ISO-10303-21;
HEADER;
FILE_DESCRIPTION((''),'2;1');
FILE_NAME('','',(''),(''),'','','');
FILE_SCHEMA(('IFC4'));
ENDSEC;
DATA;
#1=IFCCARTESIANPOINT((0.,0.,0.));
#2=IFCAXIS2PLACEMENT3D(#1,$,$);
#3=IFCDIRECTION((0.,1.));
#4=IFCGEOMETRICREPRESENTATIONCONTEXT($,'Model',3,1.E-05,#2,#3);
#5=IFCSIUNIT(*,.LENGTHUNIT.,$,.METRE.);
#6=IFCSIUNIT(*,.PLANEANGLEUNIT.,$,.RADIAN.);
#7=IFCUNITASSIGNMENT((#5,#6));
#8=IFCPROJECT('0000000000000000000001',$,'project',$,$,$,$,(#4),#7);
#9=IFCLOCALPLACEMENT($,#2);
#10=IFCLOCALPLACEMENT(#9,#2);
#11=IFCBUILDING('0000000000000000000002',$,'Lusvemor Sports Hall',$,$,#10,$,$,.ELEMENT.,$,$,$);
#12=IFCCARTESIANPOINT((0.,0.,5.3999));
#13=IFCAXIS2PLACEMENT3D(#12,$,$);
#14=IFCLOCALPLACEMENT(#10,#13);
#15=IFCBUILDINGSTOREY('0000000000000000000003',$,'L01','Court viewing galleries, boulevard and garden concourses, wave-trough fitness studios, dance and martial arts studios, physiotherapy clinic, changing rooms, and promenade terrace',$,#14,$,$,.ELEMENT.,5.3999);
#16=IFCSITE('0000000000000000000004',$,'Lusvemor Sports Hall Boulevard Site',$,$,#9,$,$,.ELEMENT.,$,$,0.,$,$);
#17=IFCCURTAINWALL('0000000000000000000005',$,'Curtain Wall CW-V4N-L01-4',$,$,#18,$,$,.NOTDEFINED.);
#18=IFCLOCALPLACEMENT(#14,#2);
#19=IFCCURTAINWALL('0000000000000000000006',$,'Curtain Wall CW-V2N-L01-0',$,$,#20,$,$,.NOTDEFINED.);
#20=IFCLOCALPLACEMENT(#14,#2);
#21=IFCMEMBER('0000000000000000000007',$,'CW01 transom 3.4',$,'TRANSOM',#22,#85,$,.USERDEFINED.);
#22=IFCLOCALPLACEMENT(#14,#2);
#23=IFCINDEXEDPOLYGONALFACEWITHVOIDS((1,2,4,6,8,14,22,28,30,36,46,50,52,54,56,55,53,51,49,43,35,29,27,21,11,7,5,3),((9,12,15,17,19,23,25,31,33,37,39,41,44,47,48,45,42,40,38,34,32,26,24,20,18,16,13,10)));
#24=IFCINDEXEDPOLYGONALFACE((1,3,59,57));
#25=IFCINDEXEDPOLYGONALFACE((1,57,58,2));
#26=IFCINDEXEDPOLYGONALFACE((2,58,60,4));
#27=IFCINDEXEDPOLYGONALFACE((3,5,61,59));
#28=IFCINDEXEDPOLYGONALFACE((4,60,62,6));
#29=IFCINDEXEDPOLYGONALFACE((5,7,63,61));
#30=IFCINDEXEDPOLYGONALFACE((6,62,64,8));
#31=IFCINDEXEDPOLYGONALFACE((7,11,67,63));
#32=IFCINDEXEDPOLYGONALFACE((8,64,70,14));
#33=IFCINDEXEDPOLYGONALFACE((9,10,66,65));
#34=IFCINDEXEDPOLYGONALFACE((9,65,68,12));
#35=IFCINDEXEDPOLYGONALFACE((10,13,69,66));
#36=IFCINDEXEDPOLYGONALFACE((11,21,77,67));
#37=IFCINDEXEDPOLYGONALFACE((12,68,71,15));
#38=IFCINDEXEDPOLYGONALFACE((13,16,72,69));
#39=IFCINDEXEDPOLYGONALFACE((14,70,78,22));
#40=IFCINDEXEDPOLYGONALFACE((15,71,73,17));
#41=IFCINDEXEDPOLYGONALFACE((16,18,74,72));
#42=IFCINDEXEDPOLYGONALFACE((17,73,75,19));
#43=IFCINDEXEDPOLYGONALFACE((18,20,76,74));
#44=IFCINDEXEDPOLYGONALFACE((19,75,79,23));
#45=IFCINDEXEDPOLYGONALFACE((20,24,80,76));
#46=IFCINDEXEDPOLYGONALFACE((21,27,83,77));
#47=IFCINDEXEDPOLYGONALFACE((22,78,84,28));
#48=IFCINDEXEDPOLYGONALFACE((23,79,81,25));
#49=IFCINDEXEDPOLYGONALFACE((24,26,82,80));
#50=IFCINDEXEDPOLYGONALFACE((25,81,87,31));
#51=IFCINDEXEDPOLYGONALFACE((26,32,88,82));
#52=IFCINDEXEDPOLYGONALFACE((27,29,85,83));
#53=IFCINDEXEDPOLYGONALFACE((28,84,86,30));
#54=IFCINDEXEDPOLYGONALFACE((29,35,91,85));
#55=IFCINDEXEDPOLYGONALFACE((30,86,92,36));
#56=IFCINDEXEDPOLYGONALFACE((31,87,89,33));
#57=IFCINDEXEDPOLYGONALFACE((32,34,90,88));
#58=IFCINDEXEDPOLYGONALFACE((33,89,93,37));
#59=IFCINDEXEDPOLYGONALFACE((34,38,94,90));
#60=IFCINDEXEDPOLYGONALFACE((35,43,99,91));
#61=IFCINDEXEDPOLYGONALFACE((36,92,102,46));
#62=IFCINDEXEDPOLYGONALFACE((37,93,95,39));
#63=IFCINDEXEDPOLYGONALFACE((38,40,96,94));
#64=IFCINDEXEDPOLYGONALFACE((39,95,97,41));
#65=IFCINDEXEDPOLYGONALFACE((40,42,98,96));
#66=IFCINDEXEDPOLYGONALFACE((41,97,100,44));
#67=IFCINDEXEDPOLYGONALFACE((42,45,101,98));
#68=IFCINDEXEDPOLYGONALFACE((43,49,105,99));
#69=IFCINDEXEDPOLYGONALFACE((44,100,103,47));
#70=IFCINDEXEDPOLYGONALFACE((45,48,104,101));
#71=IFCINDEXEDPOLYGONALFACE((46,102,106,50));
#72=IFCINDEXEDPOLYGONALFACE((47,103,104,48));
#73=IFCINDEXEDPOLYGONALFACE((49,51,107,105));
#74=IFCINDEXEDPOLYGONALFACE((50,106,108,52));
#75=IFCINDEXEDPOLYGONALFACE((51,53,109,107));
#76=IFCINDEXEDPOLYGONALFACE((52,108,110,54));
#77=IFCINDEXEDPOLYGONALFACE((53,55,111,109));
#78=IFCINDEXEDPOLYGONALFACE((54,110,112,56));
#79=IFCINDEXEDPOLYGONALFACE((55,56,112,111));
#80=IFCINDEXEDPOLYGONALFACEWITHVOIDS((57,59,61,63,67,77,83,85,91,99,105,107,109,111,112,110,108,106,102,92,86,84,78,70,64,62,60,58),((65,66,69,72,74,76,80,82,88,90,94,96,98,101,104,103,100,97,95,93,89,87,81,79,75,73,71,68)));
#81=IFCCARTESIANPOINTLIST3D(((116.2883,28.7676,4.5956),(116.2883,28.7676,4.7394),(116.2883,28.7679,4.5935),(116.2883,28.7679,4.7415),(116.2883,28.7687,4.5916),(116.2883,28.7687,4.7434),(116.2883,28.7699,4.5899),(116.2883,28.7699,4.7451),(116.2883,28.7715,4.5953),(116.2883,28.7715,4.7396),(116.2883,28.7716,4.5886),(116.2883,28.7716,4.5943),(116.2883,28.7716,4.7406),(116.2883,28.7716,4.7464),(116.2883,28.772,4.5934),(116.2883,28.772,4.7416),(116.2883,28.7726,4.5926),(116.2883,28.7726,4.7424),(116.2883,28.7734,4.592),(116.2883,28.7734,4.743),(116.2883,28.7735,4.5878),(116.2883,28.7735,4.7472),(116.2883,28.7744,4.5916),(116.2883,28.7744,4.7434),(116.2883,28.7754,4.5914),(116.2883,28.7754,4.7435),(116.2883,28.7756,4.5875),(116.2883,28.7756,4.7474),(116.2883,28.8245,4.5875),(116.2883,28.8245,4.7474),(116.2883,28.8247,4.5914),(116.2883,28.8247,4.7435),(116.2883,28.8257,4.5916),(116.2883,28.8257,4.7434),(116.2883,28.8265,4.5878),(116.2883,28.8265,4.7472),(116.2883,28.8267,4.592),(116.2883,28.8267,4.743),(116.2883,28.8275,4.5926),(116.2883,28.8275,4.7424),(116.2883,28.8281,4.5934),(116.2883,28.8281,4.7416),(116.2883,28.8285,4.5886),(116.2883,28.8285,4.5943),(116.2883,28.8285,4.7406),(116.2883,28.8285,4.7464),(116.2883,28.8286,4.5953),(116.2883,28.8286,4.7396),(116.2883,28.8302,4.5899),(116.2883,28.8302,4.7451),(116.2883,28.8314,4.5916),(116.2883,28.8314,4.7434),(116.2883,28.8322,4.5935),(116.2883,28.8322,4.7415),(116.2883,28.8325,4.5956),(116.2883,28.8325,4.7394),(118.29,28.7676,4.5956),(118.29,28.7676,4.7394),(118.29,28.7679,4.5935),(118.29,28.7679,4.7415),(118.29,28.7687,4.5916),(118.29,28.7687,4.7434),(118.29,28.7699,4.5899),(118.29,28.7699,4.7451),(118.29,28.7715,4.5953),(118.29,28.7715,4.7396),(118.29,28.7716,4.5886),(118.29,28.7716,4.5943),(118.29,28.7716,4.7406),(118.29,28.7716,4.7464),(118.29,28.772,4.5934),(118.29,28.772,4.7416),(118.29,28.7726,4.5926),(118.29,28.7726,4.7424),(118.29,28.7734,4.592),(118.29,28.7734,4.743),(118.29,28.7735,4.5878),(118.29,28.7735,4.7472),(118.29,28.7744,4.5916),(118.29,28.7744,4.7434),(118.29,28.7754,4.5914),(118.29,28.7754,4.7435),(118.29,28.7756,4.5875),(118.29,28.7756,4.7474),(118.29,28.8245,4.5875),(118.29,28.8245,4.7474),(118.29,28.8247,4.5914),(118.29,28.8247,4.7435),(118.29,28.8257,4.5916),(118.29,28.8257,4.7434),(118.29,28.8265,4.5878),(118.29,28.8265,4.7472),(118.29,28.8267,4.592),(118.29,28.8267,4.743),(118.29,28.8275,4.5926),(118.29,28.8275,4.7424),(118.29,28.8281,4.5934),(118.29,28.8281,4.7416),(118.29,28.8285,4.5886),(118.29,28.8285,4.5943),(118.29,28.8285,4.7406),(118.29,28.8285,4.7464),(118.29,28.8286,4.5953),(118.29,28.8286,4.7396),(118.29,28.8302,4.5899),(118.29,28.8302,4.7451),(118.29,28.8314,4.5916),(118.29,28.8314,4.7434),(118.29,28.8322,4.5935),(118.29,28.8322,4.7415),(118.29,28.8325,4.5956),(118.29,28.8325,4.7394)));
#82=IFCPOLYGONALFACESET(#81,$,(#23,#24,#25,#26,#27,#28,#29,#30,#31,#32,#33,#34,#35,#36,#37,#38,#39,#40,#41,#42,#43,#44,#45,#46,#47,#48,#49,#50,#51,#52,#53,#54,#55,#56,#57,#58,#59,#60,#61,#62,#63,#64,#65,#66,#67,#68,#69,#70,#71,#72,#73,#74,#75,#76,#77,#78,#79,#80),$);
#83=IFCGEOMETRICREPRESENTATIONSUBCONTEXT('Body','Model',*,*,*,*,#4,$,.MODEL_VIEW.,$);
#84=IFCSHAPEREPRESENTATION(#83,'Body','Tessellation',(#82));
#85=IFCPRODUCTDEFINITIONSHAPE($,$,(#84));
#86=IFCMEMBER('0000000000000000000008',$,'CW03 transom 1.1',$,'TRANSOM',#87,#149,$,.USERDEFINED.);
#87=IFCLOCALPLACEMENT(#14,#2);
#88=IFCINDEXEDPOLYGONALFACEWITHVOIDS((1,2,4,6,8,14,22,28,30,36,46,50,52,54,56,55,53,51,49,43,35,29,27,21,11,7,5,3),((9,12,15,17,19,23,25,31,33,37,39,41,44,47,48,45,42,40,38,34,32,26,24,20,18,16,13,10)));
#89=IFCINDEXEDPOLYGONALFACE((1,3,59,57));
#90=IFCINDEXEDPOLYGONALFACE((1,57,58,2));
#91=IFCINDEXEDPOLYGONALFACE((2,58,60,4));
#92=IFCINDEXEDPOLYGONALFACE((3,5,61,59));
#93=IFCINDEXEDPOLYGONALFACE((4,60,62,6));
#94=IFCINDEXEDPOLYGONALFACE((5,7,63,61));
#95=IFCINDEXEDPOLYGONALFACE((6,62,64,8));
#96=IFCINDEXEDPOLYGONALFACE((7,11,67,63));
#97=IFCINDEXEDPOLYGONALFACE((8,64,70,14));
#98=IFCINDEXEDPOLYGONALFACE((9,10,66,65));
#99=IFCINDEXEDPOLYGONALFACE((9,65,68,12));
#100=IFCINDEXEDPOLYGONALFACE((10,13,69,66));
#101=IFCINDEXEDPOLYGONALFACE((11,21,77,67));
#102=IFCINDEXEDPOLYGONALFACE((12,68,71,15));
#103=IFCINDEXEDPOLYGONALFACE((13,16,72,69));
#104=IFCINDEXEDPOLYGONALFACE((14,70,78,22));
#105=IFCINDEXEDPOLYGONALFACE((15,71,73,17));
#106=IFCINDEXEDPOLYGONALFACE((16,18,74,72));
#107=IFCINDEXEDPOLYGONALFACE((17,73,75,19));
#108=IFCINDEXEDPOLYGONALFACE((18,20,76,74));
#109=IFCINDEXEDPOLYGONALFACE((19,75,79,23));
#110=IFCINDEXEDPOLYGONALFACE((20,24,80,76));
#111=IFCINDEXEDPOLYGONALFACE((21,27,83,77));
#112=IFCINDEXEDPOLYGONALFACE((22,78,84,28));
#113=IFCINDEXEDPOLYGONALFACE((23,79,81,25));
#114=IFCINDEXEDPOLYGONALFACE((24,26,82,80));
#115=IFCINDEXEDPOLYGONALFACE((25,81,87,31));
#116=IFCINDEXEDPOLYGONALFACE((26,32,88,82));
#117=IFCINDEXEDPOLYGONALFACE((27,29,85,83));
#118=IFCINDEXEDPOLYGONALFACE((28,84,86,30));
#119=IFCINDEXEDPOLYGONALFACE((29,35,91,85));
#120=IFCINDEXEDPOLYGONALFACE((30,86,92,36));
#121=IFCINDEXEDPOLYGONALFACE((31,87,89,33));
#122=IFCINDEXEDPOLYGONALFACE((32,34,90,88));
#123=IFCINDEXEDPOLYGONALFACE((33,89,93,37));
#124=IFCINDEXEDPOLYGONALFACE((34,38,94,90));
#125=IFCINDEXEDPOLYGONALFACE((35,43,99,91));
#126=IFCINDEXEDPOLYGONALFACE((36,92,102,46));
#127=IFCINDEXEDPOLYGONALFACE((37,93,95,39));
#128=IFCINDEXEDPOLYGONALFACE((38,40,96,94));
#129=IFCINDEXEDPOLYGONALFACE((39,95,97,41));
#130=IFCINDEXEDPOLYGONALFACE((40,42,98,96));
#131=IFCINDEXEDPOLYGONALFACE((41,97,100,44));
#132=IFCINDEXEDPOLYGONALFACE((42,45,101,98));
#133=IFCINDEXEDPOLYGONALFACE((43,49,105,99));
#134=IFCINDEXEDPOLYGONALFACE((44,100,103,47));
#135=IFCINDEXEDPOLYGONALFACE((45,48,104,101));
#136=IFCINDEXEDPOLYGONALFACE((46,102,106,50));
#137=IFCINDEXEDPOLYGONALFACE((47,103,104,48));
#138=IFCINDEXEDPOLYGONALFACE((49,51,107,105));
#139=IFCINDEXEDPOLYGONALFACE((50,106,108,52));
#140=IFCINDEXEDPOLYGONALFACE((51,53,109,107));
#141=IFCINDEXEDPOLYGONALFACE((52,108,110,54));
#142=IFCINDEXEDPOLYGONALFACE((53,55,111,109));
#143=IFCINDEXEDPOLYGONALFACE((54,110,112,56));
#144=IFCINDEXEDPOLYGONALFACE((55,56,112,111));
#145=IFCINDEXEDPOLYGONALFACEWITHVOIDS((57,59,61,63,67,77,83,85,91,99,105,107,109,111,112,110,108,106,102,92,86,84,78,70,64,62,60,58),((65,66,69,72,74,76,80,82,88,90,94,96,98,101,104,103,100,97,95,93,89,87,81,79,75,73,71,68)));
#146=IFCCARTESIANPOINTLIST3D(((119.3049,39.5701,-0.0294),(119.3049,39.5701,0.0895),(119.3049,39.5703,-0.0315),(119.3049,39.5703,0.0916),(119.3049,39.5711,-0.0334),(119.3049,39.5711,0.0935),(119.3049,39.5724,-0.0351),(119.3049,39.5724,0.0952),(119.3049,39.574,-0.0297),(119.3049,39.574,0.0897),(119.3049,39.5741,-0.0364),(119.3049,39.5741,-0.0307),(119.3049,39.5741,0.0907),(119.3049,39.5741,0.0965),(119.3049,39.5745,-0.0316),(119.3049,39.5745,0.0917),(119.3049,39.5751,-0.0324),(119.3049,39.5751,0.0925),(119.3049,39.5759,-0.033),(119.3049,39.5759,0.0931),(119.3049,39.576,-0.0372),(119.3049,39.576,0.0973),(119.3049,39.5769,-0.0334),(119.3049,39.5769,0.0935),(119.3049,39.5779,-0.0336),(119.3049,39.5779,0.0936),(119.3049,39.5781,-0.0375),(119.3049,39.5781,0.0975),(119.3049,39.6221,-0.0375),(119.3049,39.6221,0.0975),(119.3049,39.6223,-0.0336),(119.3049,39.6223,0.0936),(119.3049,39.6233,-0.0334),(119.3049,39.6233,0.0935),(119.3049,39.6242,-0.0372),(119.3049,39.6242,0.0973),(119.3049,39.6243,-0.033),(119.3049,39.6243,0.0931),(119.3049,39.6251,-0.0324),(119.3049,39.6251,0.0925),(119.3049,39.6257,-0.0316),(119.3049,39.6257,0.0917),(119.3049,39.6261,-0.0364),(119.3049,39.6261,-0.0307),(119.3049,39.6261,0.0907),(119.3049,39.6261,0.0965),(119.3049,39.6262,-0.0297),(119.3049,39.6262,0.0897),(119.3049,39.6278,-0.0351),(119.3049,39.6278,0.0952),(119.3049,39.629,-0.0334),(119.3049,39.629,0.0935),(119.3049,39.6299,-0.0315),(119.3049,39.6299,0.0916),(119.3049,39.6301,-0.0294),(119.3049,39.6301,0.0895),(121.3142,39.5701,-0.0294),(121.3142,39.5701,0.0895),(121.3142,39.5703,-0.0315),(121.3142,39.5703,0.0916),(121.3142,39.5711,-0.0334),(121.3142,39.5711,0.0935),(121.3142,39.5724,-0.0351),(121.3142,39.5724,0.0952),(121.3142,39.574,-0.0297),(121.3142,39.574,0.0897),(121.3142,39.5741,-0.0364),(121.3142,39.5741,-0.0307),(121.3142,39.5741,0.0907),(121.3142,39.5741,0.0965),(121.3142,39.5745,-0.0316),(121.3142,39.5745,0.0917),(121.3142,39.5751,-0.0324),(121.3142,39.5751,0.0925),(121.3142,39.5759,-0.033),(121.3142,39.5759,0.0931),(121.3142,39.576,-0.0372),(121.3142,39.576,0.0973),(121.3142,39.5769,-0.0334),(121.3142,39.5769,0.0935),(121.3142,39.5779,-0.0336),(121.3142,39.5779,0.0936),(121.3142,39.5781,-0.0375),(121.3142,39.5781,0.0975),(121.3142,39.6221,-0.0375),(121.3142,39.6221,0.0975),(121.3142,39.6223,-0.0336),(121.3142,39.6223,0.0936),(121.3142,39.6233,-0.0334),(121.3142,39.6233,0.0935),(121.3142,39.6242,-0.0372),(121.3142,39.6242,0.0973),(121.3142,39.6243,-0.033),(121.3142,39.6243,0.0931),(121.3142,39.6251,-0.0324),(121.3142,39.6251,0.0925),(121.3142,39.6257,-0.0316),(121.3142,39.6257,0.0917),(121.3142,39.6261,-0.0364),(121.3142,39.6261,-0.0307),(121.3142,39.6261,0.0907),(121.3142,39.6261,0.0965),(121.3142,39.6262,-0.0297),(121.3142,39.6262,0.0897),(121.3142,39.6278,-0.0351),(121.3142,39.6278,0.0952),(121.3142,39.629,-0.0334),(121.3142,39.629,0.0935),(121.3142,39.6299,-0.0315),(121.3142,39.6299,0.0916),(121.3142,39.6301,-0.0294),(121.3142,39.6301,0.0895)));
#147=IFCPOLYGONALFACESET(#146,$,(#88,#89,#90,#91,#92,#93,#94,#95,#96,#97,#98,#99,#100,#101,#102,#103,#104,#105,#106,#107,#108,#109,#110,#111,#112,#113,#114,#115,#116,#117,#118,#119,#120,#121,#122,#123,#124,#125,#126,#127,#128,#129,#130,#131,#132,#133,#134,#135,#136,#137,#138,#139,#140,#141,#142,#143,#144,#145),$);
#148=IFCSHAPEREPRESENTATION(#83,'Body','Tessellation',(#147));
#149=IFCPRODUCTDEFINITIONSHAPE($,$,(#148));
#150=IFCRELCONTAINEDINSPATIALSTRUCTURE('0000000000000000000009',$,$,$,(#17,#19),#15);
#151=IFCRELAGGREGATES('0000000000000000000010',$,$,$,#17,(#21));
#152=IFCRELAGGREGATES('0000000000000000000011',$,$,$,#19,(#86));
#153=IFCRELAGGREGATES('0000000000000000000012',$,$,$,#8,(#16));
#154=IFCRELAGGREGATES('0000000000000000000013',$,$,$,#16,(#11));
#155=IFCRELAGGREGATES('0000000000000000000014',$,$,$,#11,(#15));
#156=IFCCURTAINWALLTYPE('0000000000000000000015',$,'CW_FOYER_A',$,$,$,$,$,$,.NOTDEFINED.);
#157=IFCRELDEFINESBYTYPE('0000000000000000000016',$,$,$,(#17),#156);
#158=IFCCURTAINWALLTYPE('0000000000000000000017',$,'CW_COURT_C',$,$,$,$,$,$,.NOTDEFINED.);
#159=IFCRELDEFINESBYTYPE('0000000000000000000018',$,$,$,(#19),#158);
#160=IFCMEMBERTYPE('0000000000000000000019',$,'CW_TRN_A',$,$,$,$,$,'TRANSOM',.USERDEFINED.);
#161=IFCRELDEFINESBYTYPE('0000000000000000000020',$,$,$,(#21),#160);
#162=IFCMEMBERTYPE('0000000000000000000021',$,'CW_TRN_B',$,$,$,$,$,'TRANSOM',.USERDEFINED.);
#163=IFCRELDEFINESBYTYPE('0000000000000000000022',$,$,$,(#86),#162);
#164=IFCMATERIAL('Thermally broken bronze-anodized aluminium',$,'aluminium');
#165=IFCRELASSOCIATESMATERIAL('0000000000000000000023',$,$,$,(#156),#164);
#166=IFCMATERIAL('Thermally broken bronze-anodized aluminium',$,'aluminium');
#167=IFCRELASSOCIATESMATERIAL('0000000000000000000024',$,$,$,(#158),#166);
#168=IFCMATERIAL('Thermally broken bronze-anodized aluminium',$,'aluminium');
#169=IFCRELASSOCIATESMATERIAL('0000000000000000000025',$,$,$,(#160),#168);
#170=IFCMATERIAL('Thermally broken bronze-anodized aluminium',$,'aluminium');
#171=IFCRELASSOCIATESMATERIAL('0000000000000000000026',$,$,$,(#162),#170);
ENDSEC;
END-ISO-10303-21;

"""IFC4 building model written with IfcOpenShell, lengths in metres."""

from ifc_helpers import new_model, si_unit, direction, frame, origin, origin_2d, place, context, subcontext, project, spatial, hollow_rectangle, extrude, material, material_profile, profile_set, type_object, element, aggregate, save


model = new_model("IFC4")

# Units and contexts
model_context = context("Model", 3, precision=1e-05, world=origin(), true_north=direction((0.0, 1.0)))
body_context = subcontext(model_context, "Body", "Model", "MODEL_VIEW")
ifc_project = project(units=[si_unit("LENGTHUNIT", "METRE"), si_unit("PLANEANGLEUNIT", "RADIAN")], contexts=[model_context])

# Site, building, storey
site_placement = place(None, origin())
site = spatial("IfcSite", under=ifc_project, at=site_placement, Name="Lusvemor Sports Hall Boulevard Site", CompositionType="ELEMENT", RefElevation=0.0)
building_placement = place(site_placement, origin())
building = spatial("IfcBuilding", under=site, at=building_placement, Name="Lusvemor Sports Hall", CompositionType="ELEMENT")
storey_placement = place(building_placement, frame((0.0, 0.0, 5.3999)))
storey = spatial("IfcBuildingStorey", under=building, at=storey_placement, Name="L01", Description="Court viewing galleries, boulevard and garden concourses, wave-trough fitness studios, dance and martial arts studios, physiotherapy clinic, changing rooms, and promenade terrace", CompositionType="ELEMENT", Elevation=5.3999)

# Curtain wall
ifc_material_1 = material(Name="Thermally broken bronze-anodized aluminium", Category="aluminium")
curtain_wall_type_1 = type_object("IfcCurtainWallType", Name="CW_FOYER_A", PredefinedType="NOTDEFINED", material=ifc_material_1)
curtain_wall_1_placement = place(storey_placement, origin())
curtain_wall_1 = element("IfcCurtainWall", 1, at=curtain_wall_1_placement, inside=storey, type_object=curtain_wall_type_1, Name="Curtain Wall CW-V4N-L01-4", PredefinedType="NOTDEFINED")

# Curtain wall
ifc_material_2 = material(Name="Thermally broken bronze-anodized aluminium", Category="aluminium")
curtain_wall_type_2 = type_object("IfcCurtainWallType", Name="CW_COURT_C", PredefinedType="NOTDEFINED", material=ifc_material_2)
curtain_wall_2_placement = place(storey_placement, origin())
curtain_wall_2 = element("IfcCurtainWall", 2, at=curtain_wall_2_placement, inside=storey, type_object=curtain_wall_type_2, Name="Curtain Wall CW-V2N-L01-0", PredefinedType="NOTDEFINED")

# Members
ifc_material_3 = material(Name="Thermally broken bronze-anodized aluminium", Category="aluminium")
ifc_material_profile_1 = material_profile(ifc_material_3, hollow_rectangle(XDim=0.0649, YDim=0.1599, WallThickness=0.0039, InnerFilletRadius=0.0039, OuterFilletRadius=0.0081, at=origin_2d()), Name="CWTRN160x65x4")
ifc_profile_set_1 = profile_set([ifc_material_profile_1], Name="Thermally broken bronze-anodized aluminium")
member_type_1 = type_object("IfcMemberType", Name="CW_TRN_A", ElementType="TRANSOM", PredefinedType="USERDEFINED", material=ifc_profile_set_1)
member_1_placement = place(storey_placement, frame((116.2883, 28.8, 4.6675), z_axis=(1.0, 0.0, 0.0), x_axis=(0.0, 1.0, 0.0)))
member_1 = element("IfcMember", 3, at=member_1_placement, type_object=member_type_1, Name="CW01 transom 3.4", ObjectType="TRANSOM", PredefinedType="USERDEFINED", context=body_context, shape_type="SweptSolid", body=[
    extrude(hollow_rectangle(XDim=0.0649, YDim=0.1599, WallThickness=0.0039, InnerFilletRadius=0.0039, OuterFilletRadius=0.0081, at=origin_2d()), origin(), (0.0, 0.0, 1.0), 2.0017),
])
ifc_material_4 = material(Name="Thermally broken bronze-anodized aluminium", Category="aluminium")
ifc_material_profile_2 = material_profile(ifc_material_4, hollow_rectangle(XDim=0.0601, YDim=0.135, WallThickness=0.0039, InnerFilletRadius=0.0039, OuterFilletRadius=0.0081, at=origin_2d()), Name="CWTRN135x60x4")
ifc_profile_set_2 = profile_set([ifc_material_profile_2], Name="Thermally broken bronze-anodized aluminium")
member_type_2 = type_object("IfcMemberType", Name="CW_TRN_B", ElementType="TRANSOM", PredefinedType="USERDEFINED", material=ifc_profile_set_2)
member_2_placement = place(storey_placement, frame((119.3049, 39.6001, 0.03), z_axis=(1.0, 0.0, 0.0), x_axis=(0.0, 1.0, 0.0)))
member_2 = element("IfcMember", 4, at=member_2_placement, type_object=member_type_2, Name="CW03 transom 1.1", ObjectType="TRANSOM", PredefinedType="USERDEFINED", context=body_context, shape_type="SweptSolid", body=[
    extrude(hollow_rectangle(XDim=0.0601, YDim=0.135, WallThickness=0.0039, InnerFilletRadius=0.0039, OuterFilletRadius=0.0081, at=origin_2d()), origin(), (0.0, 0.0, 1.0), 2.0093),
])

aggregate(curtain_wall_1, [member_1])
aggregate(curtain_wall_2, [member_2])

save(model, "model.ifc")
